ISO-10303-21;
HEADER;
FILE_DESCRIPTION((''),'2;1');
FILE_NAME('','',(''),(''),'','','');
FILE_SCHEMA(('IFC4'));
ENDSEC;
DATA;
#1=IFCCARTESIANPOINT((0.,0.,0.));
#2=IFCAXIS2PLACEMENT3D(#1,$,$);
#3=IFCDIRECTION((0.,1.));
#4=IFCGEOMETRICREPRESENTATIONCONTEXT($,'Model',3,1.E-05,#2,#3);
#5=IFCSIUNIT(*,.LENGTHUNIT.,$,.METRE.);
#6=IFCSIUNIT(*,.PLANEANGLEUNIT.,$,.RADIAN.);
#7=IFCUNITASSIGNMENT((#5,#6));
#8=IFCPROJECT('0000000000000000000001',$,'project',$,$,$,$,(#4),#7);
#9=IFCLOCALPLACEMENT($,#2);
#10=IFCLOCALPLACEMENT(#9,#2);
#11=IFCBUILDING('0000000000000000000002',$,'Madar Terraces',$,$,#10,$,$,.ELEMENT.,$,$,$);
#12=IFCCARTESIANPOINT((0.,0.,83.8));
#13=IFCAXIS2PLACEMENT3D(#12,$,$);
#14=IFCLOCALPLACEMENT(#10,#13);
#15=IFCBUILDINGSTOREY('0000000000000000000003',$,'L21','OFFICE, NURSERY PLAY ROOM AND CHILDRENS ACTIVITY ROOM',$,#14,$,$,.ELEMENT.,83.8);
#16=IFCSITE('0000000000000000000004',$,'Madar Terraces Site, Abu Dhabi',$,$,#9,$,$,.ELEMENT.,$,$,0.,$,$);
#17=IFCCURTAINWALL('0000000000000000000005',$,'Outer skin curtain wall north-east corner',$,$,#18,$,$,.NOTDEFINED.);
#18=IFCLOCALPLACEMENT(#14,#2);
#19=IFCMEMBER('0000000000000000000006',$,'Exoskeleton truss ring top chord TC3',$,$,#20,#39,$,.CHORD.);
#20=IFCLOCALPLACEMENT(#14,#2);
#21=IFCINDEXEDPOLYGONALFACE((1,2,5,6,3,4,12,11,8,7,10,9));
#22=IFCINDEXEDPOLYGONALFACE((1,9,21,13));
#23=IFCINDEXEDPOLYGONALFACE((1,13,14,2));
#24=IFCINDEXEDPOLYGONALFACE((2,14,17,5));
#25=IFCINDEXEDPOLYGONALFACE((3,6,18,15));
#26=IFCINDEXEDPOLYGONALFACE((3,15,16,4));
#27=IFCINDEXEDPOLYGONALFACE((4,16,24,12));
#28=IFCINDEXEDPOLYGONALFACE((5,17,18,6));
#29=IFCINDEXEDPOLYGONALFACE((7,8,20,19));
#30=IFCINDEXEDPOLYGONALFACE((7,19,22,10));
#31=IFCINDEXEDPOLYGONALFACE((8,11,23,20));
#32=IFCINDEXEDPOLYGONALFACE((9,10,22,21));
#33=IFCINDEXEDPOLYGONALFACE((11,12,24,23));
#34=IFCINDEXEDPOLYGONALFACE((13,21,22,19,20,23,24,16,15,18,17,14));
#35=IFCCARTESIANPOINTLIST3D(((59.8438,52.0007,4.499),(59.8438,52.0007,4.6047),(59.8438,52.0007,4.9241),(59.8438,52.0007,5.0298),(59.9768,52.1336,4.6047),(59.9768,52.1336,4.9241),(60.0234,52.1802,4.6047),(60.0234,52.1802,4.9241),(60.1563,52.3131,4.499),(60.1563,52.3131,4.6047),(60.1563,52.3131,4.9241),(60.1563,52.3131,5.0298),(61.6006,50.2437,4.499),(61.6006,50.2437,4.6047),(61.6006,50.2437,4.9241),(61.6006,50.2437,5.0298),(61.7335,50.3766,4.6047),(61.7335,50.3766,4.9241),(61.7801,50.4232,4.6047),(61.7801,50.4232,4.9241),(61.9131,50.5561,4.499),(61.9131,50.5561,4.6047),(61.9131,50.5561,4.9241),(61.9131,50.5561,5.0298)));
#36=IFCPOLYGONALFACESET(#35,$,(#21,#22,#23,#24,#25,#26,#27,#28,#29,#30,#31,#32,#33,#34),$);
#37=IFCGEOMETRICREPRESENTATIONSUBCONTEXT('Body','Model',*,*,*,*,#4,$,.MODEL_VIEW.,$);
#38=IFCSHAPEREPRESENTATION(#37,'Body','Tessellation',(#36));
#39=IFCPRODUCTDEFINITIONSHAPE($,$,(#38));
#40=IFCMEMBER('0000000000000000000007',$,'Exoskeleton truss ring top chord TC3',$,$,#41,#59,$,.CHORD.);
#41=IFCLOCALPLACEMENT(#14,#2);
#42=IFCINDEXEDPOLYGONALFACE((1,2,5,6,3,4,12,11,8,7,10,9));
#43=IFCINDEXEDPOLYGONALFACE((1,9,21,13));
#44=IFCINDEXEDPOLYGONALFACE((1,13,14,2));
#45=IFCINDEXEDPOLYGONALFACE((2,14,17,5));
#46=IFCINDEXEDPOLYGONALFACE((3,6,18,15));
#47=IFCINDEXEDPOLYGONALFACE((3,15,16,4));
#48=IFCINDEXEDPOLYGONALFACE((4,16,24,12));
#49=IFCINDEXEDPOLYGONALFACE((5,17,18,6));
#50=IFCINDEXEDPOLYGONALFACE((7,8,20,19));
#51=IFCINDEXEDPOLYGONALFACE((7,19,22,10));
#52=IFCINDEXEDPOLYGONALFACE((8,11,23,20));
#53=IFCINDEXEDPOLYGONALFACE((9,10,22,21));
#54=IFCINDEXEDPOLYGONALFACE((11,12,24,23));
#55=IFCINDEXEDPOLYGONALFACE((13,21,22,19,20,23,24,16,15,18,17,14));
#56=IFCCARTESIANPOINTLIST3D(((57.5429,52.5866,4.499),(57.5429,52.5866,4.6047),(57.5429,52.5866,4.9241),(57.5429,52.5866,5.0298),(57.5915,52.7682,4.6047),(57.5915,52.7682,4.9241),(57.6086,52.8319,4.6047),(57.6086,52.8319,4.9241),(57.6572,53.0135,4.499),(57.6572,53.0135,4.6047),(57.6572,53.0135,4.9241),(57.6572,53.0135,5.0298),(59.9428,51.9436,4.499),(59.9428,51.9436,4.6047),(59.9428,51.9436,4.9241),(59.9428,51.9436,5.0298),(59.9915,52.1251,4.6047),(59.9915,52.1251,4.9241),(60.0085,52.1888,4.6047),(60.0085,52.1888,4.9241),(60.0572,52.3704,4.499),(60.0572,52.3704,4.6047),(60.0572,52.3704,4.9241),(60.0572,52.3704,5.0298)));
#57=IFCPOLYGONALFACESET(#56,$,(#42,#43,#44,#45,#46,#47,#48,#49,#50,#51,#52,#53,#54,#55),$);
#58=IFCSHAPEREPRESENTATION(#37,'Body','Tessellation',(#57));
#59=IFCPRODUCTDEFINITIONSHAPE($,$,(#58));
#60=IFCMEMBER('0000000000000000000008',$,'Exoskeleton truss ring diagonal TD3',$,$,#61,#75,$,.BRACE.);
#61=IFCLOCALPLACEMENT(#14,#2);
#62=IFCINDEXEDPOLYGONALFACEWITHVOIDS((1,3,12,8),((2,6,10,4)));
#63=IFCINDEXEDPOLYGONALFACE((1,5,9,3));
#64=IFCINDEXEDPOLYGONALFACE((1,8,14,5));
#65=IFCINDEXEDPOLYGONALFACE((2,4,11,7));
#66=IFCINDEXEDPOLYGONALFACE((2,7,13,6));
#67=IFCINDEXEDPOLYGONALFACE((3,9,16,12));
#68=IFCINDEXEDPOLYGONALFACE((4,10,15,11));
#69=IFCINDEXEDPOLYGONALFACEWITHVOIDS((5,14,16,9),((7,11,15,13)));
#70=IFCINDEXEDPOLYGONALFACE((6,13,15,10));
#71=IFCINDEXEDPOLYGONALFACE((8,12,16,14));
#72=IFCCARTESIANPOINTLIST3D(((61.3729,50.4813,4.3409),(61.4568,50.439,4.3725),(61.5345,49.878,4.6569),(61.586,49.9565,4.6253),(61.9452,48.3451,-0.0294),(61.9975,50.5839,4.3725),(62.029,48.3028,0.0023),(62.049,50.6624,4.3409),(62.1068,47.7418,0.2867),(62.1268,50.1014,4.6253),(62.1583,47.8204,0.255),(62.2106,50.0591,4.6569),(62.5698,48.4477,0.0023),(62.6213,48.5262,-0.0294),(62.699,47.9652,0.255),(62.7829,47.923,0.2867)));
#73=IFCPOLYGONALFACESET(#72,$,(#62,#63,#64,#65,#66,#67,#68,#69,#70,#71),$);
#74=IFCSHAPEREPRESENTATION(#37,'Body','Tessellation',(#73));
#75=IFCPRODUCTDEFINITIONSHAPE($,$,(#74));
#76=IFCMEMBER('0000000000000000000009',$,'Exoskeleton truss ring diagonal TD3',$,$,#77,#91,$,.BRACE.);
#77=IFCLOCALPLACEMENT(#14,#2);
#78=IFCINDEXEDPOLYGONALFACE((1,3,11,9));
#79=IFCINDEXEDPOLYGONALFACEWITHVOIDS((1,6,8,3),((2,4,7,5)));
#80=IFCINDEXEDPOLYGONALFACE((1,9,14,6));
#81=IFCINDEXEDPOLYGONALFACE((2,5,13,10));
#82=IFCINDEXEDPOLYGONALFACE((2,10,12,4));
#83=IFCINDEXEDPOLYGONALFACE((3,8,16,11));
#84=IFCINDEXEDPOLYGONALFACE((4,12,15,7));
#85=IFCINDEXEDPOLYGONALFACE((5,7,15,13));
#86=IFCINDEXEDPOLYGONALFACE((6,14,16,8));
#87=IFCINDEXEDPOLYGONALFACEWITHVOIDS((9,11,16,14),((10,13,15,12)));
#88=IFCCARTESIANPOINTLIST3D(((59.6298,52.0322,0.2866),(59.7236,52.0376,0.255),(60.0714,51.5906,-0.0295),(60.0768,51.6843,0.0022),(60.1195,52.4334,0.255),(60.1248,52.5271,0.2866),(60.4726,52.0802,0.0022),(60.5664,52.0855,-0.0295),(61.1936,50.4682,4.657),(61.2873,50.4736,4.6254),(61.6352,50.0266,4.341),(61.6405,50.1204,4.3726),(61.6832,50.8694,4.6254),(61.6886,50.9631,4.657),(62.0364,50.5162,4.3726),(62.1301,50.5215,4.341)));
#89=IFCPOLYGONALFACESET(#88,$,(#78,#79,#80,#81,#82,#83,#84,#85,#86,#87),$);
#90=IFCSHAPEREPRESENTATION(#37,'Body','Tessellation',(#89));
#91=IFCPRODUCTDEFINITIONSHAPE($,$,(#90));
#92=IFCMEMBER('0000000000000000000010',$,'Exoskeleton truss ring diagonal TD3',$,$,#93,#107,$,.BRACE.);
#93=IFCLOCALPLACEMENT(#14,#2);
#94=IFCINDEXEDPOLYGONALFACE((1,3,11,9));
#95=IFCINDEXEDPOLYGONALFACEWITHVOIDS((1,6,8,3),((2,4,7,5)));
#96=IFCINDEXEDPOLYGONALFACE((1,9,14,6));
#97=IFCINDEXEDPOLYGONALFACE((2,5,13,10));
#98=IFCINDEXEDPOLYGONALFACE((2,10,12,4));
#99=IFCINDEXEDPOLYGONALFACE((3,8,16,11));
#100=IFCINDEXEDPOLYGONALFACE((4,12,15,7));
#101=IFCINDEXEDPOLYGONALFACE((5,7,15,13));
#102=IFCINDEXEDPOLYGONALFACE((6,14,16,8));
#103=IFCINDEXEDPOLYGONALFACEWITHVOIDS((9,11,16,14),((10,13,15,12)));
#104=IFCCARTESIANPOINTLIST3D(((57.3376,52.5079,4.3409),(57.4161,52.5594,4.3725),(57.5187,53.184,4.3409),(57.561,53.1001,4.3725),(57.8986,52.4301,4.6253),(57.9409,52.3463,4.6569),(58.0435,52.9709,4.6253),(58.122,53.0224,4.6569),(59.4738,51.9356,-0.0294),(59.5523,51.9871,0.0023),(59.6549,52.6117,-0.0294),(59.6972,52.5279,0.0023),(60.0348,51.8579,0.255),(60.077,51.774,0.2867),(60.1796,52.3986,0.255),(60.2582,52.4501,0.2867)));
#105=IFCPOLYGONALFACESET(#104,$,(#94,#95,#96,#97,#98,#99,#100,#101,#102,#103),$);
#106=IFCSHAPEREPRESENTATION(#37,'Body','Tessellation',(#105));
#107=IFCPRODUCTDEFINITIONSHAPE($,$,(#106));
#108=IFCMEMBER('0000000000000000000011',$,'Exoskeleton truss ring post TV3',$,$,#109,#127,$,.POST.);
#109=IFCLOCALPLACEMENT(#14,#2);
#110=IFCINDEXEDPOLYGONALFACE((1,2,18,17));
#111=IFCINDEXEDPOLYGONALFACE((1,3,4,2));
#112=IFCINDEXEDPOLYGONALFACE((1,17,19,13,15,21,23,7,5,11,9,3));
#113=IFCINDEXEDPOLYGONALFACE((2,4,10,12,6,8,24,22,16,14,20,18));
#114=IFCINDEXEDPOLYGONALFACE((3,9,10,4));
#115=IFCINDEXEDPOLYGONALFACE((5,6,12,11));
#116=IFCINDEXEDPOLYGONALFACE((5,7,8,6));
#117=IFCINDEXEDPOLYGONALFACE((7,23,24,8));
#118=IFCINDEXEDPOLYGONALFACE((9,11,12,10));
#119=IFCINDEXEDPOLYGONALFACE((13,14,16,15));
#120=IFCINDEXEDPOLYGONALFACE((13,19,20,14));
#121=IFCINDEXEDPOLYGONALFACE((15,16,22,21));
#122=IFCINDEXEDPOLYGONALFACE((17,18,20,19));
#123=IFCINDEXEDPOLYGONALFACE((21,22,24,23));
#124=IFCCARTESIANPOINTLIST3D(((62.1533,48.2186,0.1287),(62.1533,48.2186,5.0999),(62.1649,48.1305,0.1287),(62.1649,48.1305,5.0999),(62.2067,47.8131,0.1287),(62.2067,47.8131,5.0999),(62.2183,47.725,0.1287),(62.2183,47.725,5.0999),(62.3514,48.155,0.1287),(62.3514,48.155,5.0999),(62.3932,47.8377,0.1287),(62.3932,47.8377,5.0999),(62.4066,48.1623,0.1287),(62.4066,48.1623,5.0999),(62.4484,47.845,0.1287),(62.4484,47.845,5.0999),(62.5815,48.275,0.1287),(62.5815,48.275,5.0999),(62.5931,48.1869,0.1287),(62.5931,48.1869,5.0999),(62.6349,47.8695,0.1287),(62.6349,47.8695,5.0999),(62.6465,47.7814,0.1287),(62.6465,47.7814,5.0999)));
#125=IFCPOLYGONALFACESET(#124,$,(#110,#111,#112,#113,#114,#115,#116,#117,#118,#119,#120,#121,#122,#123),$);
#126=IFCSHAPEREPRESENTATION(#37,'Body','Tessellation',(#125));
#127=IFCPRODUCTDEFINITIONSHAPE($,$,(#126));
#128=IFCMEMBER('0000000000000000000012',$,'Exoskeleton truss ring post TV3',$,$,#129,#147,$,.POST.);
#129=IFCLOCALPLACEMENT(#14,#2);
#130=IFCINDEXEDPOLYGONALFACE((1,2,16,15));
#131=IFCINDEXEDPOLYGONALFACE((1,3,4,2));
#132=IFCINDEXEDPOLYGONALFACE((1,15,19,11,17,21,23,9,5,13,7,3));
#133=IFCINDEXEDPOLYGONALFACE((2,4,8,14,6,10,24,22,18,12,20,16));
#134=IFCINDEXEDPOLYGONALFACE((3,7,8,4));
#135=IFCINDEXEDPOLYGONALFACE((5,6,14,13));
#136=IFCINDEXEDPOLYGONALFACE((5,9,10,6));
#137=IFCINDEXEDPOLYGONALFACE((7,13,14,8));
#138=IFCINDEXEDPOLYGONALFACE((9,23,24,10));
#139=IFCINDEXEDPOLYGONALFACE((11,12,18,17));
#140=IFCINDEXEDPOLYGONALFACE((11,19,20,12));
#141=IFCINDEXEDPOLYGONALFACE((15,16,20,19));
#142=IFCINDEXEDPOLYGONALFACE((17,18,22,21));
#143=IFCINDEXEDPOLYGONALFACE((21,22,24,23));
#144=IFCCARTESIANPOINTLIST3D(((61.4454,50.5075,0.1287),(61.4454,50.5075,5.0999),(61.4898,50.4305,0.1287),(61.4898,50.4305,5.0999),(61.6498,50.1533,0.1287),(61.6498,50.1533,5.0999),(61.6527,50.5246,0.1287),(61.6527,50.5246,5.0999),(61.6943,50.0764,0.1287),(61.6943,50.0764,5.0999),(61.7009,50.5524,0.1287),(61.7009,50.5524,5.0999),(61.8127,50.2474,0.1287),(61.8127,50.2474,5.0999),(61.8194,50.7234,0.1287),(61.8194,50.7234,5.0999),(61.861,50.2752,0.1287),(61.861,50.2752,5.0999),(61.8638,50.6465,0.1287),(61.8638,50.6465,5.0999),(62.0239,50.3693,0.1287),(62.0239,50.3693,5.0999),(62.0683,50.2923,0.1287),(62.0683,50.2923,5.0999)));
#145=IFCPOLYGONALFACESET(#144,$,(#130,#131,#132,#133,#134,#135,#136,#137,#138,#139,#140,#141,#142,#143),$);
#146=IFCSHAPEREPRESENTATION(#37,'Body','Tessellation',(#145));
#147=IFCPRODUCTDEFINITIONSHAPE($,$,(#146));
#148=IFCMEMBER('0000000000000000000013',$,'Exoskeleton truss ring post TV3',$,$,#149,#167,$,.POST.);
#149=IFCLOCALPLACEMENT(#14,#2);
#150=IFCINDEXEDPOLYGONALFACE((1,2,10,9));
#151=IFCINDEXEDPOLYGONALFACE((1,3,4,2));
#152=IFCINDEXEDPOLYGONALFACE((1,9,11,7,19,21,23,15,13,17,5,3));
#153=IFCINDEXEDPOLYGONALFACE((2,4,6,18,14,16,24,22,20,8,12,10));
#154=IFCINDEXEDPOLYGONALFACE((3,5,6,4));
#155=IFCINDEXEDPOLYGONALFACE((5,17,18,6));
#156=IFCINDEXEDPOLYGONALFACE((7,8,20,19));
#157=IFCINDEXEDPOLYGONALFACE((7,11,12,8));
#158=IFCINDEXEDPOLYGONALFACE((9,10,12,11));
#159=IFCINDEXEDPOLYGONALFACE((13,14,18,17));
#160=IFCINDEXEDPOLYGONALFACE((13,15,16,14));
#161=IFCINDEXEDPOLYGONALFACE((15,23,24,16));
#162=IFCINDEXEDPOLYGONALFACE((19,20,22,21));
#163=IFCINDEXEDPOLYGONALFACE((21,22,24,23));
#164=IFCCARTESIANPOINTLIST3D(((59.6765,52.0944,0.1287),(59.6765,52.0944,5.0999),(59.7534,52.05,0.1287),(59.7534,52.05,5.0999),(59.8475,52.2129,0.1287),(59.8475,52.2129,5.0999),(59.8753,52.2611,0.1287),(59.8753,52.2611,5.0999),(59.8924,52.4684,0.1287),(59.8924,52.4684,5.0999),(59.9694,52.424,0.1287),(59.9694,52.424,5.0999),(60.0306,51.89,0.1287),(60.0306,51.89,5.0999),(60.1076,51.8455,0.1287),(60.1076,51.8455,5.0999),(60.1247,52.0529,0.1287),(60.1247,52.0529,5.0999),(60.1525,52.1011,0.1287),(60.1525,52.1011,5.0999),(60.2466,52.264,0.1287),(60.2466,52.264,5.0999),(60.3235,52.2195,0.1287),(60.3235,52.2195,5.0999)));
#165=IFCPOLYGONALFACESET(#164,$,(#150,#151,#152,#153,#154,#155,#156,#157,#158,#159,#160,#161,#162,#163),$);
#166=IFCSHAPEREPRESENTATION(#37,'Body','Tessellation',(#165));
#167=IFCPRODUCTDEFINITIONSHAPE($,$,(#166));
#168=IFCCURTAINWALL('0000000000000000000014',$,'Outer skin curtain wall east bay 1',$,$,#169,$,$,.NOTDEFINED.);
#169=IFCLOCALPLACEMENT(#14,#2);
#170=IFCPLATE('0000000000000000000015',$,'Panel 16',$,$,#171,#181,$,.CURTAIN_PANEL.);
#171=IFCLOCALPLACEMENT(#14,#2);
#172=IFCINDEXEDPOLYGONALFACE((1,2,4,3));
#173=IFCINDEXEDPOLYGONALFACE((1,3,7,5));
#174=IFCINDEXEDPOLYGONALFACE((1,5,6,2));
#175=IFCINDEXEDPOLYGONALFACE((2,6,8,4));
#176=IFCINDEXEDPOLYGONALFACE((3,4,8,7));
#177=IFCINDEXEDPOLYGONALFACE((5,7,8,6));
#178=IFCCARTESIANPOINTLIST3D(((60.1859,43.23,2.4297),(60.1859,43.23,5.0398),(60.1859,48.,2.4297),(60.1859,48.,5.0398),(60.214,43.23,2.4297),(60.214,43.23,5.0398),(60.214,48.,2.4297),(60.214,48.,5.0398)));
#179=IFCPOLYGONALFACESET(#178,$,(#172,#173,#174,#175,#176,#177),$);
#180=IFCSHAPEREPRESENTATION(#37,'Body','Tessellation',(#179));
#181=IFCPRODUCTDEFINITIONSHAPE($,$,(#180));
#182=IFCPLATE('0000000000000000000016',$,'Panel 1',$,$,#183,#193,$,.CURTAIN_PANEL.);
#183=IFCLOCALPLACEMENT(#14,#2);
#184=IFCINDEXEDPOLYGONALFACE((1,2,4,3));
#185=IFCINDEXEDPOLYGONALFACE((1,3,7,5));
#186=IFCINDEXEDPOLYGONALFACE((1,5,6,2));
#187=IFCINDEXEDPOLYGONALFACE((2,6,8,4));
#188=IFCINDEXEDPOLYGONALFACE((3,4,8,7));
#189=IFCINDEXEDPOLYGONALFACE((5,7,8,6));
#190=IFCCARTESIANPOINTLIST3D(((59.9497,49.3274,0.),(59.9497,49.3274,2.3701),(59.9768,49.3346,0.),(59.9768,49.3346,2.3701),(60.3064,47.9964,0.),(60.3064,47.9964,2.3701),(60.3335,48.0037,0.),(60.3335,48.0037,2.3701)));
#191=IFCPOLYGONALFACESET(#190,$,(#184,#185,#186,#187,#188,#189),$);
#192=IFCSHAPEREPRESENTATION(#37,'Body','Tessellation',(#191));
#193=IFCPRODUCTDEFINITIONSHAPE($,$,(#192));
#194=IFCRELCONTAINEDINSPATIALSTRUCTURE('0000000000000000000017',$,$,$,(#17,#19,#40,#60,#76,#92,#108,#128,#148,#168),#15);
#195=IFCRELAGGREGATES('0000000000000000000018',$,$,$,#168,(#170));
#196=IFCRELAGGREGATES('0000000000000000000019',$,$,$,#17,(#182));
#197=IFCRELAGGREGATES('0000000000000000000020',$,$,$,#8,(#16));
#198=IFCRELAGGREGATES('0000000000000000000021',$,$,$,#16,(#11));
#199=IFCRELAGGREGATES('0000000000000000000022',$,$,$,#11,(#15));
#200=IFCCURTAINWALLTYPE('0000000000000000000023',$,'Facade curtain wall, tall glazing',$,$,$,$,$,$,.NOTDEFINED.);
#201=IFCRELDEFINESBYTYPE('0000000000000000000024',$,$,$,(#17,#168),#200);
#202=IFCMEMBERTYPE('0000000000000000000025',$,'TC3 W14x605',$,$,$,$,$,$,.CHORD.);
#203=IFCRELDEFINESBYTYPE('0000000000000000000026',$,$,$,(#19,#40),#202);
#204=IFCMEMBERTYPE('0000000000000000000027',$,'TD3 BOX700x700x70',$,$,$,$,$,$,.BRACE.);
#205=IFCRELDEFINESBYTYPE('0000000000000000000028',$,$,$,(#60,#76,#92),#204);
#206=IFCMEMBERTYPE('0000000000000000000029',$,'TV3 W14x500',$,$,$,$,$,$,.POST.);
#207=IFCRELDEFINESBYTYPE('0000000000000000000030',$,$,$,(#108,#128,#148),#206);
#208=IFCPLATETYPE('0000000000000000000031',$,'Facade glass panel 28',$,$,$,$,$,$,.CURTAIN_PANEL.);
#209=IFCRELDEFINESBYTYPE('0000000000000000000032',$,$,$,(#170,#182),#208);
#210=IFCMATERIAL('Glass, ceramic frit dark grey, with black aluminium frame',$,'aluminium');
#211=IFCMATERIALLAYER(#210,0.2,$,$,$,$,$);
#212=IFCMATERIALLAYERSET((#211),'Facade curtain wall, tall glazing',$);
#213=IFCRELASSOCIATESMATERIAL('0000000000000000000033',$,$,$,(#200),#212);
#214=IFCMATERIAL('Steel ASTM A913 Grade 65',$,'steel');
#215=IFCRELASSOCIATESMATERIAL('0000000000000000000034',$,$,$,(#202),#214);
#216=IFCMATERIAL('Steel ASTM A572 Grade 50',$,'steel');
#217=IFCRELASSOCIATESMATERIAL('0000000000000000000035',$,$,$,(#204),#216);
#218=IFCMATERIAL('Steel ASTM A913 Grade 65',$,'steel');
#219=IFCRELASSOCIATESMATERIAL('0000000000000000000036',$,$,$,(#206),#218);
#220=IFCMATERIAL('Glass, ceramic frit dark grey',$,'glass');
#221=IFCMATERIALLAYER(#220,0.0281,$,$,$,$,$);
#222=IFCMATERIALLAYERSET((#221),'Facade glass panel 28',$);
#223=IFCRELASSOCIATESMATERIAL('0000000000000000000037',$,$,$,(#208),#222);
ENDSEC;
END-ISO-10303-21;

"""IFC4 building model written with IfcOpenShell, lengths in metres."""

from ifc_helpers import new_model, si_unit, direction, frame, origin, origin_2d, place, context, subcontext, project, spatial, rectangle, hollow_rectangle, i_section, extrude, material, layer, layer_set, material_profile, profile_set, type_object, element, aggregate, save


model = new_model("IFC4")

# Units and contexts
model_context = context("Model", 3, precision=1e-05, world=origin(), true_north=direction((0.0, 1.0)))
body_context = subcontext(model_context, "Body", "Model", "MODEL_VIEW")
ifc_project = project(units=[si_unit("LENGTHUNIT", "METRE"), si_unit("PLANEANGLEUNIT", "RADIAN")], contexts=[model_context])

# Site, building, storey
site_placement = place(None, origin())
site = spatial("IfcSite", under=ifc_project, at=site_placement, Name="Madar Terraces Site, Abu Dhabi", CompositionType="ELEMENT", RefElevation=0.0)
building_placement = place(site_placement, origin())
building = spatial("IfcBuilding", under=site, at=building_placement, Name="Madar Terraces", CompositionType="ELEMENT")
storey_placement = place(building_placement, frame((0.0, 0.0, 83.8)))
storey = spatial("IfcBuildingStorey", under=building, at=storey_placement, Name="L21", Description="OFFICE, NURSERY PLAY ROOM AND CHILDRENS ACTIVITY ROOM", CompositionType="ELEMENT", Elevation=83.8)

# Curtain wall
ifc_material_1 = material(Name="Glass, ceramic frit dark grey, with black aluminium frame", Category="aluminium")
ifc_layer_1 = layer(ifc_material_1, 0.2)
ifc_layer_set_1 = layer_set([ifc_layer_1], Name="Facade curtain wall, tall glazing")
curtain_wall_type = type_object("IfcCurtainWallType", Name="Facade curtain wall, tall glazing", PredefinedType="NOTDEFINED", material=ifc_layer_set_1)
curtain_wall_1_placement = place(storey_placement, origin())
curtain_wall_1 = element("IfcCurtainWall", 1, at=curtain_wall_1_placement, inside=storey, type_object=curtain_wall_type, Name="Outer skin curtain wall north-east corner", PredefinedType="NOTDEFINED")

# Members
ifc_material_2 = material(Name="Steel ASTM A913 Grade 65", Category="steel")
ifc_material_profile_1 = material_profile(ifc_material_2, i_section(OverallWidth=0.4419, OverallDepth=0.5308, WebThickness=0.0659, FlangeThickness=0.1057, at=origin_2d()), Name="W14x605")
ifc_profile_set_1 = profile_set([ifc_material_profile_1], Name="Steel ASTM A913 Grade 65")
member_type_1 = type_object("IfcMemberType", Name="TC3 W14x605", PredefinedType="CHORD", material=ifc_profile_set_1)
for number, where, z_axis, x_axis, name in (
    (2, (61.7568, 50.3999, 4.7644), (-0.707058, 0.707156, 0.0), (-0.707156, -0.707058, 0.0), "Exoskeleton truss ring top chord TC3"),
    (3, (60.0, 52.157, 4.7644), (-0.965924, 0.258824, 0.0), (-0.258824, -0.965924, 0.0), "Exoskeleton truss ring top chord TC3"),
):
    element("IfcMember", number, at=place(storey_placement, frame(where, z_axis=z_axis, x_axis=x_axis)), inside=storey, type_object=member_type_1, Name=name, PredefinedType="CHORD", context=body_context, shape_type="SweptSolid", body=[
        extrude(i_section(OverallWidth=0.4419, OverallDepth=0.5308, WebThickness=0.0659, FlangeThickness=0.1057, at=origin_2d()), origin(), (0.0, 0.0, 1.0), 2.4846),
    ])
ifc_material_3 = material(Name="Steel ASTM A572 Grade 50", Category="steel")
ifc_material_profile_2 = material_profile(ifc_material_3, hollow_rectangle(XDim=0.7, YDim=0.7, WallThickness=0.0701, at=origin_2d()), Name="BOX700x700x70")
ifc_profile_set_2 = profile_set([ifc_material_profile_2], Name="Steel ASTM A572 Grade 50")
member_type_2 = type_object("IfcMemberType", Name="TD3 BOX700x700x70", PredefinedType="BRACE", material=ifc_profile_set_2)
member_1_placement = place(storey_placement, frame((62.364, 48.134, 0.1287), z_axis=(-0.116835, 0.436138, 0.892263), x_axis=(-0.965941, -0.258762, 0.0)))
element("IfcMember", 4, at=member_1_placement, inside=storey, type_object=member_type_2, Name="Exoskeleton truss ring diagonal TD3", PredefinedType="BRACE", context=body_context, shape_type="SweptSolid", body=[
    extrude(hollow_rectangle(XDim=0.7, YDim=0.7, WallThickness=0.0701, at=origin_2d()), origin(), (0.0, 0.0, 1.0), 4.8979),
])
member_2_placement = place(storey_placement, frame((61.6619, 50.4949, 4.499), z_axis=(-0.319251, 0.319301, -0.892259), x_axis=(-0.707162, -0.707052, 0.0)))
element("IfcMember", 5, at=member_2_placement, inside=storey, type_object=member_type_2, Name="Exoskeleton truss ring diagonal TD3", PredefinedType="BRACE", context=body_context, shape_type="SweptSolid", body=[
    extrude(hollow_rectangle(XDim=0.7, YDim=0.7, WallThickness=0.0701, at=origin_2d()), origin(), (0.0, 0.0, 1.0), 4.8982),
])
member_3_placement = place(storey_placement, frame((59.866, 52.1929, 0.1287), z_axis=(-0.436138, 0.116835, 0.892263), x_axis=(-0.258762, -0.965941, 0.0)))
element("IfcMember", 6, at=member_3_placement, inside=storey, type_object=member_type_2, Name="Exoskeleton truss ring diagonal TD3", PredefinedType="BRACE", context=body_context, shape_type="SweptSolid", body=[
    extrude(hollow_rectangle(XDim=0.7, YDim=0.7, WallThickness=0.0701, at=origin_2d()), origin(), (0.0, 0.0, 1.0), 4.8979),
])
ifc_material_4 = material(Name="Steel ASTM A913 Grade 65", Category="steel")
ifc_material_profile_3 = material_profile(ifc_material_4, i_section(OverallWidth=0.4319, OverallDepth=0.4978, WebThickness=0.0557, FlangeThickness=0.0889, at=origin_2d()), Name="W14x500")
ifc_profile_set_3 = profile_set([ifc_material_profile_3], Name="Steel ASTM A913 Grade 65")
member_type_3 = type_object("IfcMemberType", Name="TV3 W14x500", PredefinedType="POST", material=ifc_profile_set_3)
for number, where, z_axis, x_axis, name in (
    (7, (62.3999, 48.0, 0.1287), (0.0, 0.0, 1.0), (-0.991445, -0.130526, 0.0), "Exoskeleton truss ring post TV3"),
    (8, (61.7568, 50.3999, 0.1287), (0.0, 0.0, 1.0), (-0.866025, -0.5, 0.0), "Exoskeleton truss ring post TV3"),
    (9, (60.0, 52.157, 0.1287), (0.0, 0.0, 1.0), (-0.5, -0.866025, 0.0), "Exoskeleton truss ring post TV3"),
):
    element("IfcMember", number, at=place(storey_placement, frame(where, z_axis=z_axis, x_axis=x_axis)), inside=storey, type_object=member_type_3, Name=name, PredefinedType="POST", context=body_context, shape_type="SweptSolid", body=[
        extrude(i_section(OverallWidth=0.4319, OverallDepth=0.4978, WebThickness=0.0557, FlangeThickness=0.0889, at=origin_2d()), origin(), (0.0, 0.0, 1.0), 4.9712),
    ])

# Curtain wall, plate
curtain_wall_2_placement = place(storey_placement, origin())
curtain_wall_2 = element("IfcCurtainWall", 10, at=curtain_wall_2_placement, inside=storey, type_object=curtain_wall_type, Name="Outer skin curtain wall east bay 1", PredefinedType="NOTDEFINED")
ifc_material_5 = material(Name="Glass, ceramic frit dark grey", Category="glass")
ifc_layer_2 = layer(ifc_material_5, 0.0281)
ifc_layer_set_2 = layer_set([ifc_layer_2], Name="Facade glass panel 28")
plate_type = type_object("IfcPlateType", Name="Facade glass panel 28", PredefinedType="CURTAIN_PANEL", material=ifc_layer_set_2)
plate_1_placement = place(storey_placement, frame((60.2, 45.615, 2.4297), z_axis=(0.0, 0.0, 1.0), x_axis=(0.0, 1.0, 0.0)))
plate_1 = element("IfcPlate", 11, at=plate_1_placement, type_object=plate_type, Name="Panel 16", PredefinedType="CURTAIN_PANEL", context=body_context, shape_type="SweptSolid", body=[
    extrude(rectangle(XDim=4.77, YDim=0.0281, at=origin_2d()), origin(), (0.0, 0.0, 1.0), 2.6101),
])
aggregate(curtain_wall_2, [plate_1])

# Plate
plate_2_placement = place(storey_placement, frame((60.1416, 48.6655, 0.0), z_axis=(0.0, 0.0, 1.0), x_axis=(-0.258819, 0.965926, 0.0)))
plate_2 = element("IfcPlate", 12, at=plate_2_placement, type_object=plate_type, Name="Panel 1", PredefinedType="CURTAIN_PANEL", context=body_context, shape_type="SweptSolid", body=[
    extrude(rectangle(XDim=1.3779, YDim=0.0281, at=origin_2d()), origin(), (0.0, 0.0, 1.0), 2.3701),
])
aggregate(curtain_wall_1, [plate_2])

save(model, "model.ifc")
